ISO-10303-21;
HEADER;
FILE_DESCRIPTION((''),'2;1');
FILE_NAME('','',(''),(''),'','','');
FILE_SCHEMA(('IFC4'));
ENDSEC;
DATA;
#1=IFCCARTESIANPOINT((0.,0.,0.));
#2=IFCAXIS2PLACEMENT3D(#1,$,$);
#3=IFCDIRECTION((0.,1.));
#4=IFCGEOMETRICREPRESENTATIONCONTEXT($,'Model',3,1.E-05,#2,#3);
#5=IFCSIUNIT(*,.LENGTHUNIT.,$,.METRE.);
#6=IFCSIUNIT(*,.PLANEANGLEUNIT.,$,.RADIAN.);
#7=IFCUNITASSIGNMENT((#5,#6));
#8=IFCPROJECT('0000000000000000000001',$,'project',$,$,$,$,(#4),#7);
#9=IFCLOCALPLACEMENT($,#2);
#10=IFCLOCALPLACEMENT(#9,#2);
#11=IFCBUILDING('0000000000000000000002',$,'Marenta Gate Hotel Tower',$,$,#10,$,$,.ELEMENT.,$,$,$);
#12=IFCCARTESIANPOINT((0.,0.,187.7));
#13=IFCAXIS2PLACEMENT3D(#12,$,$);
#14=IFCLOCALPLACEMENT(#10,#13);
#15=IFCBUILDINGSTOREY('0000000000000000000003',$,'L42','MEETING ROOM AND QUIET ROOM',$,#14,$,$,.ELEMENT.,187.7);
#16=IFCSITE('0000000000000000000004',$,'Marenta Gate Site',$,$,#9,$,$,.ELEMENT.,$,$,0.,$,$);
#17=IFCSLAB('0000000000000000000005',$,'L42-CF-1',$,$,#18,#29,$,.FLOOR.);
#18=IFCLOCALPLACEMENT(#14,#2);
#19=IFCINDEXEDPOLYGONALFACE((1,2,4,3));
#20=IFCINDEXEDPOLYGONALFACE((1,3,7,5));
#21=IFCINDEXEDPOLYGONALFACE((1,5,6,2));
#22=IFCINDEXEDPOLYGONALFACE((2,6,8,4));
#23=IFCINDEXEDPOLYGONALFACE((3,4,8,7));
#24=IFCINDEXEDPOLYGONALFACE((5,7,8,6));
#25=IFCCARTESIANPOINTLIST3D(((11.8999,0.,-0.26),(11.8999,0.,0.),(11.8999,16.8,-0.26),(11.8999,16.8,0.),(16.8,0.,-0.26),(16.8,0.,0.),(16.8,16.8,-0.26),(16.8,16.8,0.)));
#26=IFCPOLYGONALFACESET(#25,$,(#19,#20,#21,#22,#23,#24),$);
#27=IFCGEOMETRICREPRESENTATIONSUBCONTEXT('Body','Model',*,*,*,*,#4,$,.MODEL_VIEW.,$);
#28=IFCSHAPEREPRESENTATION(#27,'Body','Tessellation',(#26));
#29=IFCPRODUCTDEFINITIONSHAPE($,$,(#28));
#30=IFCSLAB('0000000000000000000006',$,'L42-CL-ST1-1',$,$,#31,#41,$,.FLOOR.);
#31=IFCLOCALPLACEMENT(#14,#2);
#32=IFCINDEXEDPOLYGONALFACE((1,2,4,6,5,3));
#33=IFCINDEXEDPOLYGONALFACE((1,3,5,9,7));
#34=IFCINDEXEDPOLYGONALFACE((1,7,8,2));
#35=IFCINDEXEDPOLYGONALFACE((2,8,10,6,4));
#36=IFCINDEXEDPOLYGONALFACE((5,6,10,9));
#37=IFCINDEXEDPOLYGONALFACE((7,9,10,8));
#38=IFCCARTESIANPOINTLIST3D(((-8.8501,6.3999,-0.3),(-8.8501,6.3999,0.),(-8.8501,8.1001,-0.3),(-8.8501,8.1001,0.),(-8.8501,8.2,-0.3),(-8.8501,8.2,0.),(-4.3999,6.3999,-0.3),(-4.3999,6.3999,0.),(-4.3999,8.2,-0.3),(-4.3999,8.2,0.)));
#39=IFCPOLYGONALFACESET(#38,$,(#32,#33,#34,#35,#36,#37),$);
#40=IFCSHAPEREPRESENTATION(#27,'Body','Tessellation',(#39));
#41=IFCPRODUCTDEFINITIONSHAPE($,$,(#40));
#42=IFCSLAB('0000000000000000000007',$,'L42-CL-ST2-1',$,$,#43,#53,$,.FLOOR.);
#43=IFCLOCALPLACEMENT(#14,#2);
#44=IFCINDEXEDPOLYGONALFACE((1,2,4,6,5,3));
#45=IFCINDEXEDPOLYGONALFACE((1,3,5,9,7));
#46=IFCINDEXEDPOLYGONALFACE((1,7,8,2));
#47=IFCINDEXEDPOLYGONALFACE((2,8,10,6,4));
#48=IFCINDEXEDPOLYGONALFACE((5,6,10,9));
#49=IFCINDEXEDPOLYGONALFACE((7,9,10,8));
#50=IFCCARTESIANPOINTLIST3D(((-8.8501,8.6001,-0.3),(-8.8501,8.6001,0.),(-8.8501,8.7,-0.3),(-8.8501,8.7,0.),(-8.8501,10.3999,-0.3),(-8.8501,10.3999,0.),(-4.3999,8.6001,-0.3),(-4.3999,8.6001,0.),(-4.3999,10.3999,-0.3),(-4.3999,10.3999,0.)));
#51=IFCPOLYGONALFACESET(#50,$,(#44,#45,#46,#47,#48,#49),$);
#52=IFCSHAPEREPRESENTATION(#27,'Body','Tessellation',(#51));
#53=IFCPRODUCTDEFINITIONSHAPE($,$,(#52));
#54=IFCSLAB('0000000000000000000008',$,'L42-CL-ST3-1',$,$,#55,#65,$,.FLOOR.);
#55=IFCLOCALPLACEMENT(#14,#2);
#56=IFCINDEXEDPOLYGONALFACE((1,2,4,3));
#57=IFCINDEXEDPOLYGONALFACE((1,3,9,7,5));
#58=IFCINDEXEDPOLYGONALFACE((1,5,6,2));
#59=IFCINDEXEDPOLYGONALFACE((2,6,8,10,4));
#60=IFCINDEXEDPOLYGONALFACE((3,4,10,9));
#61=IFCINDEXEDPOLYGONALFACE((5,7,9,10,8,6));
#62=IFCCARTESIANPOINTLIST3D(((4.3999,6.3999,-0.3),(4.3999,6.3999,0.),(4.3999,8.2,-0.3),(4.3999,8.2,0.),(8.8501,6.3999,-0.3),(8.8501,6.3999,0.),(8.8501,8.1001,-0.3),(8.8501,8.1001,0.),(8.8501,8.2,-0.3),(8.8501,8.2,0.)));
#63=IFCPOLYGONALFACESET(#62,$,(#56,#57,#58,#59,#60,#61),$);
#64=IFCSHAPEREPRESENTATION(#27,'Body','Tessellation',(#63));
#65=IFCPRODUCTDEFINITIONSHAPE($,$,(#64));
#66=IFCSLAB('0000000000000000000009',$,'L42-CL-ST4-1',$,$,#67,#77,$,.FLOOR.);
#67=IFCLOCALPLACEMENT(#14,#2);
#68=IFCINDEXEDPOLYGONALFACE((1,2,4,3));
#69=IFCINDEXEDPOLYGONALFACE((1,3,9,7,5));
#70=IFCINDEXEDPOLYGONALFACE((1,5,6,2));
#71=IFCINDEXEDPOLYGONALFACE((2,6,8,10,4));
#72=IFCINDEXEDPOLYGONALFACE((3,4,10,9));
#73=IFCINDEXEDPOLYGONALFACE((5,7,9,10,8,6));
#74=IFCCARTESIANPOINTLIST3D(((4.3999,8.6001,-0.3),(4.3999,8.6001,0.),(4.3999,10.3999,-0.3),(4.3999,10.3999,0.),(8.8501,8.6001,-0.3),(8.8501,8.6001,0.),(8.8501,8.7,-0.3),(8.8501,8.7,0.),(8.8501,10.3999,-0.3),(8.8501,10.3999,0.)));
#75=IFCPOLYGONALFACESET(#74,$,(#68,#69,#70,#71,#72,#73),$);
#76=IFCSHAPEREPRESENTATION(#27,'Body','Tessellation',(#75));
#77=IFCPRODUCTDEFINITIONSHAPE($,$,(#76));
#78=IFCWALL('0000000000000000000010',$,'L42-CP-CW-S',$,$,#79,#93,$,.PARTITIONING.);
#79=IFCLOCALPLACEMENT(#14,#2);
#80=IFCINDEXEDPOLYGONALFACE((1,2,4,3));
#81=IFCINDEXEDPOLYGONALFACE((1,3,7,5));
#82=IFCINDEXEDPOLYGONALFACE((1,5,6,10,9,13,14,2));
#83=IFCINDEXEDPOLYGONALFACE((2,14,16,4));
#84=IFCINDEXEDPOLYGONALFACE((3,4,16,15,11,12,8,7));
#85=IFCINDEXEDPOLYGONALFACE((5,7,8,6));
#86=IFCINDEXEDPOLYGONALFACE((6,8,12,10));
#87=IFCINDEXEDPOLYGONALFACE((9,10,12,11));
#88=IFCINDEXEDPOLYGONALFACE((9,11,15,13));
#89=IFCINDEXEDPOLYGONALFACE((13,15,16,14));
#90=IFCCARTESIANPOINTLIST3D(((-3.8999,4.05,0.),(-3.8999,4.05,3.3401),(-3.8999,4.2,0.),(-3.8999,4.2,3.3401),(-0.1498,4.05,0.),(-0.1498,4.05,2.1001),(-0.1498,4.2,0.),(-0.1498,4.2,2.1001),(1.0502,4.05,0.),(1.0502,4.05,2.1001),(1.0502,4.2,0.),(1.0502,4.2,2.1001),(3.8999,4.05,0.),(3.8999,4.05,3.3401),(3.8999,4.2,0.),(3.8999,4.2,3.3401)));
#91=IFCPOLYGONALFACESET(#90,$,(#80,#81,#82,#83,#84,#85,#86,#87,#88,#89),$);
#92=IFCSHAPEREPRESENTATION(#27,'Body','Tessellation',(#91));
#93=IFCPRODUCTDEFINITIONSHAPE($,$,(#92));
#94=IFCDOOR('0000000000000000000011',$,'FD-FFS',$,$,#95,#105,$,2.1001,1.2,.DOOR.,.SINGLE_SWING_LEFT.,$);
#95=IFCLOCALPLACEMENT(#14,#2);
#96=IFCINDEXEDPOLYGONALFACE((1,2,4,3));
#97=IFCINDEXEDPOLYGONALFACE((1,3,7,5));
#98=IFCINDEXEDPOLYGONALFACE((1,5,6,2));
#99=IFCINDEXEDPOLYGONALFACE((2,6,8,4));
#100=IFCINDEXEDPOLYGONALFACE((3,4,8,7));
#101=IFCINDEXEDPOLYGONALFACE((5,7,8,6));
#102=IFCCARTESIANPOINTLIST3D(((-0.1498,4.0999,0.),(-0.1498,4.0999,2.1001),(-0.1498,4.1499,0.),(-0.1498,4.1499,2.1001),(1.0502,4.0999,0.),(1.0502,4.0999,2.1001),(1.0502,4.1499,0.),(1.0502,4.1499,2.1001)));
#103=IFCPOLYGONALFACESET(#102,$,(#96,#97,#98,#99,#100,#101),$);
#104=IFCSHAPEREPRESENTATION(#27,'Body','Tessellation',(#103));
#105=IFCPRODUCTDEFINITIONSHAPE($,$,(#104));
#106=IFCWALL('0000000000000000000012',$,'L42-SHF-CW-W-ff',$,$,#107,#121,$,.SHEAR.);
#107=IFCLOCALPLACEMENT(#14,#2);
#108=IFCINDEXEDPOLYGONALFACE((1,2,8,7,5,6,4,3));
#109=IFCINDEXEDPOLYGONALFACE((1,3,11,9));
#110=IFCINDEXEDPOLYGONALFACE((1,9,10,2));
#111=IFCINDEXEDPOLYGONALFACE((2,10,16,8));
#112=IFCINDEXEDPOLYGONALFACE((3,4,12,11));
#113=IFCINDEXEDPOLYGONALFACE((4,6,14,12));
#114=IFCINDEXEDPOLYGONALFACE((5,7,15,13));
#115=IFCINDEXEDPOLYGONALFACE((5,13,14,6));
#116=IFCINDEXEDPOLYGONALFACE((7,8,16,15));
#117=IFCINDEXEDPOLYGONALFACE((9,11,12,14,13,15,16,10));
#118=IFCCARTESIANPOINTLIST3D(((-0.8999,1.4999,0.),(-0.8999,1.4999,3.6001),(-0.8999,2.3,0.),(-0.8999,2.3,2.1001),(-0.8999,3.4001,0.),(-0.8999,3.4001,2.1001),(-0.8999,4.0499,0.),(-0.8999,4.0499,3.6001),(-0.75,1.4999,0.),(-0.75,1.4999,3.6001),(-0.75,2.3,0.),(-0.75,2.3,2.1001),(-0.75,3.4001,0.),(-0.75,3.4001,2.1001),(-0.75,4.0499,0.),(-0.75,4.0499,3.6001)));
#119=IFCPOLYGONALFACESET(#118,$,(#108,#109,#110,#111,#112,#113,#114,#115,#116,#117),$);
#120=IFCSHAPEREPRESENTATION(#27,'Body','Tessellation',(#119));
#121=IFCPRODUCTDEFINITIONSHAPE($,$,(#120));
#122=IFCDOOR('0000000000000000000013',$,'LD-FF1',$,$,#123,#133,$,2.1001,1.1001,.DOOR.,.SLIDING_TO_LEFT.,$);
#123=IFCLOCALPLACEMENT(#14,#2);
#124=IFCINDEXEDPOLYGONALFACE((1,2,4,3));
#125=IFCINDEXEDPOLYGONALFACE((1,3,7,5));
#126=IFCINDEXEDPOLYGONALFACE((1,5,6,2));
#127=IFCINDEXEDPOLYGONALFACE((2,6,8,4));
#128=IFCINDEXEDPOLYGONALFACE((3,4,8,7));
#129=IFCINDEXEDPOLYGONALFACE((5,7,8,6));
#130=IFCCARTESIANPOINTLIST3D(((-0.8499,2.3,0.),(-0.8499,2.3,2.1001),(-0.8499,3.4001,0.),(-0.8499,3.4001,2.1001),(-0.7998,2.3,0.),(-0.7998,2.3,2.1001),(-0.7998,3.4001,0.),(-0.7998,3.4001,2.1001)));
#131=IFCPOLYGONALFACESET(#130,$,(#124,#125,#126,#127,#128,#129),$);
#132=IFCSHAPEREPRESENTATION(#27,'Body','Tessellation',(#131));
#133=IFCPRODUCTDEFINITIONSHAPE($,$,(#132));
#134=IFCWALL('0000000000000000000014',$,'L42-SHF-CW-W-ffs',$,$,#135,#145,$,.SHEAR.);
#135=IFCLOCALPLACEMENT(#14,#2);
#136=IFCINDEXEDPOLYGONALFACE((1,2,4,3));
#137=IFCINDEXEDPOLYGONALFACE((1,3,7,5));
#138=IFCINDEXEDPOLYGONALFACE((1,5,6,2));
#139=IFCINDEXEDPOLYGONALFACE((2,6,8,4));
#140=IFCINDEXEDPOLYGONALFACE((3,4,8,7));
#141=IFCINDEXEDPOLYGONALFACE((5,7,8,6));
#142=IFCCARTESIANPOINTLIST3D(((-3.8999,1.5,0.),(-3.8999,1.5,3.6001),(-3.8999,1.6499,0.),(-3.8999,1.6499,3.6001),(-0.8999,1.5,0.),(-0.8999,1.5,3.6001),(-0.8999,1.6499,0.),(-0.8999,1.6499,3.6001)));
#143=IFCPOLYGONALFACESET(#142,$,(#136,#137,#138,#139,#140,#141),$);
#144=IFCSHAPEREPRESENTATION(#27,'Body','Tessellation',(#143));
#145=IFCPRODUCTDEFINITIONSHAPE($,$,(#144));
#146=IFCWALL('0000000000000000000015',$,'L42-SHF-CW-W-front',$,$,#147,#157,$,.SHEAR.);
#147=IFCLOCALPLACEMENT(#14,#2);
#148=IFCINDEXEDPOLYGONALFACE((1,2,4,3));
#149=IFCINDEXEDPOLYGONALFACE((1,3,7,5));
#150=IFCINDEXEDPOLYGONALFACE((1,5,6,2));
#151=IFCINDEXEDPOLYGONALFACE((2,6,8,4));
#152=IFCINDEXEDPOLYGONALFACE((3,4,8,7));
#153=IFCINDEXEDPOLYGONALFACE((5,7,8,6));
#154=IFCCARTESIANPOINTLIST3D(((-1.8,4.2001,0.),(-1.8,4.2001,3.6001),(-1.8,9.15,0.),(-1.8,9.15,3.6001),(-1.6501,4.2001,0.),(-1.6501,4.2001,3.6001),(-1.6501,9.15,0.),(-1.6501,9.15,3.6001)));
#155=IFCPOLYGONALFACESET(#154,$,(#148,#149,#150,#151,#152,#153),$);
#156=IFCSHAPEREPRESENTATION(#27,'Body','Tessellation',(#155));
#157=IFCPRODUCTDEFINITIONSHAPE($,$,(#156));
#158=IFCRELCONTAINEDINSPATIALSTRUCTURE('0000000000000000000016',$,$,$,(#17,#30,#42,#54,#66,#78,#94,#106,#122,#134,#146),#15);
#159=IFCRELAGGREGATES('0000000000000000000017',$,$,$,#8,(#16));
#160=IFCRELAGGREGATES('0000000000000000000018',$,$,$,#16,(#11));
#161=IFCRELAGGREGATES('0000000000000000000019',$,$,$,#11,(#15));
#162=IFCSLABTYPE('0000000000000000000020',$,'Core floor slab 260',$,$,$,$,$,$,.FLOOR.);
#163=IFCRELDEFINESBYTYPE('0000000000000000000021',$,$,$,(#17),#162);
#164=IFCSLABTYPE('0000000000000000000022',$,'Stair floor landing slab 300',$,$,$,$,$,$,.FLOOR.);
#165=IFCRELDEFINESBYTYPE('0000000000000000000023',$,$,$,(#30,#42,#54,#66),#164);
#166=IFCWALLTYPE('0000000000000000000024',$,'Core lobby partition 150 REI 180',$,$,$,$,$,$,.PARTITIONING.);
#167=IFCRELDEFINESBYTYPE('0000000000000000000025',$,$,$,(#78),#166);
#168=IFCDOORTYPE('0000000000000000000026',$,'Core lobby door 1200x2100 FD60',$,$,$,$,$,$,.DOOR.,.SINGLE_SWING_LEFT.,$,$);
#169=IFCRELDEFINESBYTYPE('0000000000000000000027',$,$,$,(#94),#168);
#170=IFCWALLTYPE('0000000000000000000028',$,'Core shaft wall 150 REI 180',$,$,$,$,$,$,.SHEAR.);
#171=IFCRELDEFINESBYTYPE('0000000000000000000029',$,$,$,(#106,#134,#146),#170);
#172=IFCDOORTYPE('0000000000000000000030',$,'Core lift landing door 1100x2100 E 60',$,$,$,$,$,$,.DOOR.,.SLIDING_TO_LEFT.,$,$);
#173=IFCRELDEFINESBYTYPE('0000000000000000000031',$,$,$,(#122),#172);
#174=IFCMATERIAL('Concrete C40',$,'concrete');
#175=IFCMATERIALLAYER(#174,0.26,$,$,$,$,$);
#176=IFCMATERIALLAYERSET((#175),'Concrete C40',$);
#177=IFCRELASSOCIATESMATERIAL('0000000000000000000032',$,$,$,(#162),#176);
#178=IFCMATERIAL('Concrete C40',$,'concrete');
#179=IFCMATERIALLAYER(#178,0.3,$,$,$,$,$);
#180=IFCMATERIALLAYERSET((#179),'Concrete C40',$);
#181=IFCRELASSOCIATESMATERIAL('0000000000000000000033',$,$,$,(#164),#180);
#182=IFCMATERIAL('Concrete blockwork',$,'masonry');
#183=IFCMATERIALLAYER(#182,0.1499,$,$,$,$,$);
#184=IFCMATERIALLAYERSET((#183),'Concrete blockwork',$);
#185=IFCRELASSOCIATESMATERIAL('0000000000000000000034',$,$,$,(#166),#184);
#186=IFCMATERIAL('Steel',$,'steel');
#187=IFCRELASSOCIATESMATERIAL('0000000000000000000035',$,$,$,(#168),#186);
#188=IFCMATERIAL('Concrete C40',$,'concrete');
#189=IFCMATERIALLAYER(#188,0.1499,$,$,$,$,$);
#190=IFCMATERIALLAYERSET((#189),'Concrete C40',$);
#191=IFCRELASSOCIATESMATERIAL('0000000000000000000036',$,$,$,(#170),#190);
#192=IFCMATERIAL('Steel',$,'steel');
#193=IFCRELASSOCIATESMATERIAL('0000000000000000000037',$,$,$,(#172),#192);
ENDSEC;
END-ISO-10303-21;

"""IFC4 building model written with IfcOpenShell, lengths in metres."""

from ifc_helpers import new_model, si_unit, direction, frame, frame_2d, origin, place, context, subcontext, project, spatial, polyline, rectangle, outline, extrude, material, layer, layer_set, type_object, element, fill, save


model = new_model("IFC4")

# Units and contexts
model_context = context("Model", 3, precision=1e-05, world=origin(), true_north=direction((0.0, 1.0)))
body_context = subcontext(model_context, "Body", "Model", "MODEL_VIEW")
ifc_project = project(units=[si_unit("LENGTHUNIT", "METRE"), si_unit("PLANEANGLEUNIT", "RADIAN")], contexts=[model_context])

# Site, building, storey
site_placement = place(None, origin())
site = spatial("IfcSite", under=ifc_project, at=site_placement, Name="Marenta Gate Site", CompositionType="ELEMENT", RefElevation=0.0)
building_placement = place(site_placement, origin())
building = spatial("IfcBuilding", under=site, at=building_placement, Name="Marenta Gate Hotel Tower", CompositionType="ELEMENT")
storey_placement = place(building_placement, frame((0.0, 0.0, 187.7)))
storey = spatial("IfcBuildingStorey", under=building, at=storey_placement, Name="L42", Description="MEETING ROOM AND QUIET ROOM", CompositionType="ELEMENT", Elevation=187.7)

# Slabs
ifc_material_1 = material(Name="Concrete C40", Category="concrete")
ifc_layer_1 = layer(ifc_material_1, 0.26)
ifc_layer_set_1 = layer_set([ifc_layer_1], Name="Concrete C40")
slab_type_1 = type_object("IfcSlabType", Name="Core floor slab 260", PredefinedType="FLOOR", material=ifc_layer_set_1)
slab_1_placement = place(storey_placement, frame((0.0, 0.0, -0.26)))
element("IfcSlab", 1, at=slab_1_placement, inside=storey, type_object=slab_type_1, Name="L42-CF-1", PredefinedType="FLOOR", context=body_context, shape_type="SweptSolid", body=[
    extrude(outline(polyline([(11.8999, 0.0), (11.8999, 16.8), (16.8, 16.8), (16.8, 0.0), (11.8999, 0.0)])), origin(), (0.0, 0.0, 1.0), 0.26),
])
ifc_material_2 = material(Name="Concrete C40", Category="concrete")
ifc_layer_2 = layer(ifc_material_2, 0.3)
ifc_layer_set_2 = layer_set([ifc_layer_2], Name="Concrete C40")
slab_type_2 = type_object("IfcSlabType", Name="Stair floor landing slab 300", PredefinedType="FLOOR", material=ifc_layer_set_2)
slab_2_placement = place(storey_placement, frame((0.0, 0.0, -0.3)))
element("IfcSlab", 2, at=slab_2_placement, inside=storey, type_object=slab_type_2, Name="L42-CL-ST1-1", PredefinedType="FLOOR", context=body_context, shape_type="SweptSolid", body=[
    extrude(outline(polyline([(-4.3999, 6.3999), (-8.8501, 6.3999), (-8.8501, 8.1001), (-8.8501, 8.2), (-4.3999, 8.2), (-4.3999, 6.3999)])), origin(), (0.0, 0.0, 1.0), 0.3),
])
slab_3_placement = place(storey_placement, frame((0.0, 0.0, -0.3)))
element("IfcSlab", 3, at=slab_3_placement, inside=storey, type_object=slab_type_2, Name="L42-CL-ST2-1", PredefinedType="FLOOR", context=body_context, shape_type="SweptSolid", body=[
    extrude(outline(polyline([(-4.3999, 8.6001), (-8.8501, 8.6001), (-8.8501, 8.7), (-8.8501, 10.3999), (-4.3999, 10.3999), (-4.3999, 8.6001)])), origin(), (0.0, 0.0, 1.0), 0.3),
])
slab_4_placement = place(storey_placement, frame((0.0, 0.0, -0.3)))
element("IfcSlab", 4, at=slab_4_placement, inside=storey, type_object=slab_type_2, Name="L42-CL-ST3-1", PredefinedType="FLOOR", context=body_context, shape_type="SweptSolid", body=[
    extrude(outline(polyline([(4.3999, 6.3999), (4.3999, 8.2), (8.8501, 8.2), (8.8501, 8.1001), (8.8501, 6.3999), (4.3999, 6.3999)])), origin(), (0.0, 0.0, 1.0), 0.3),
])
slab_5_placement = place(storey_placement, frame((0.0, 0.0, -0.3)))
element("IfcSlab", 5, at=slab_5_placement, inside=storey, type_object=slab_type_2, Name="L42-CL-ST4-1", PredefinedType="FLOOR", context=body_context, shape_type="SweptSolid", body=[
    extrude(outline(polyline([(4.3999, 8.6001), (4.3999, 10.3999), (8.8501, 10.3999), (8.8501, 8.7), (8.8501, 8.6001), (4.3999, 8.6001)])), origin(), (0.0, 0.0, 1.0), 0.3),
])

# Walls, openings, doors
ifc_material_3 = material(Name="Concrete blockwork", Category="masonry")
ifc_layer_3 = layer(ifc_material_3, 0.1499)
ifc_layer_set_3 = layer_set([ifc_layer_3], Name="Concrete blockwork")
wall_type_1 = type_object("IfcWallType", Name="Core lobby partition 150 REI 180", PredefinedType="PARTITIONING", material=ifc_layer_set_3)
wall_1_placement = place(storey_placement, frame((-3.8999, 4.125, 0.0), z_axis=(0.0, 0.0, 1.0), x_axis=(1.0, 0.0, 0.0)))
wall_1 = element("IfcWall", 6, at=wall_1_placement, inside=storey, type_object=wall_type_1, Name="L42-CP-CW-S", PredefinedType="PARTITIONING", context=body_context, shape_type="SweptSolid", body=[
    extrude(rectangle(XDim=7.7998, YDim=0.1499, at=frame_2d((3.8999, 0.0))), origin(), (0.0, 0.0, 1.0), 3.3401),
])
opening_1_placement = place(wall_1_placement, frame((3.75, 0.0, 0.0)))
opening_1 = element("IfcOpeningElement", 7, at=opening_1_placement, cuts=wall_1, PredefinedType="OPENING", context=body_context, shape_type="SweptSolid", body=[
    extrude(rectangle(XDim=1.2, YDim=2.1001, at=frame_2d((0.6001, 1.05))), frame((0.0, 0.075, 0.0), z_axis=(0.0, -1.0, 0.0), x_axis=(1.0, 0.0, 0.0)), (0.0, 0.0, 1.0), 0.1499),
])
ifc_material_4 = material(Name="Steel", Category="steel")
door_type_1 = type_object("IfcDoorType", Name="Core lobby door 1200x2100 FD60", OperationType="SINGLE_SWING_LEFT", PredefinedType="DOOR", material=ifc_material_4)
door_1_placement = place(opening_1_placement, origin())
door_1 = element("IfcDoor", 8, at=door_1_placement, inside=storey, type_object=door_type_1, Name="FD-FFS", OperationType="SINGLE_SWING_LEFT", OverallHeight=2.1001, OverallWidth=1.2, PredefinedType="DOOR", context=body_context, shape_type="SweptSolid", body=[
    extrude(rectangle(XDim=1.2, YDim=2.1001, at=frame_2d((0.6001, 1.05))), frame((0.0, 0.0249, 0.0), z_axis=(0.0, -1.0, 0.0), x_axis=(1.0, 0.0, 0.0)), (0.0, 0.0, 1.0), 0.05),
])
fill(opening_1, door_1)
ifc_material_5 = material(Name="Concrete C40", Category="concrete")
ifc_layer_4 = layer(ifc_material_5, 0.1499)
ifc_layer_set_4 = layer_set([ifc_layer_4], Name="Concrete C40")
wall_type_2 = type_object("IfcWallType", Name="Core shaft wall 150 REI 180", PredefinedType="SHEAR", material=ifc_layer_set_4)
wall_2_placement = place(storey_placement, frame((-0.825, 1.5, 0.0), z_axis=(0.0, 0.0, 1.0), x_axis=(0.0, 1.0, 0.0)))
wall_2 = element("IfcWall", 9, at=wall_2_placement, inside=storey, type_object=wall_type_2, Name="L42-SHF-CW-W-ff", PredefinedType="SHEAR", context=body_context, shape_type="SweptSolid", body=[
    extrude(rectangle(XDim=2.55, YDim=0.1499, at=frame_2d((1.2749, 0.0))), origin(), (0.0, 0.0, 1.0), 3.6001),
])
opening_2_placement = place(wall_2_placement, frame((0.8, 0.0, 0.0)))
opening_2 = element("IfcOpeningElement", 10, at=opening_2_placement, cuts=wall_2, PredefinedType="OPENING", context=body_context, shape_type="SweptSolid", body=[
    extrude(rectangle(XDim=1.1001, YDim=2.1001, at=frame_2d((0.55, 1.05))), frame((0.0, 0.075, 0.0), z_axis=(0.0, -1.0, 0.0), x_axis=(1.0, 0.0, 0.0)), (0.0, 0.0, 1.0), 0.1499),
])
ifc_material_6 = material(Name="Steel", Category="steel")
door_type_2 = type_object("IfcDoorType", Name="Core lift landing door 1100x2100 E 60", OperationType="SLIDING_TO_LEFT", PredefinedType="DOOR", material=ifc_material_6)
door_2_placement = place(opening_2_placement, origin())
door_2 = element("IfcDoor", 11, at=door_2_placement, inside=storey, type_object=door_type_2, Name="LD-FF1", OperationType="SLIDING_TO_LEFT", OverallHeight=2.1001, OverallWidth=1.1001, PredefinedType="DOOR", context=body_context, shape_type="SweptSolid", body=[
    extrude(rectangle(XDim=1.1001, YDim=2.1001, at=frame_2d((0.55, 1.05))), frame((0.0, 0.0249, 0.0), z_axis=(0.0, -1.0, 0.0), x_axis=(1.0, 0.0, 0.0)), (0.0, 0.0, 1.0), 0.05),
])
fill(opening_2, door_2)

# Walls
wall_3_placement = place(storey_placement, frame((-3.8999, 1.575, 0.0), z_axis=(0.0, 0.0, 1.0), x_axis=(1.0, 0.0, 0.0)))
element("IfcWall", 12, at=wall_3_placement, inside=storey, type_object=wall_type_2, Name="L42-SHF-CW-W-ffs", PredefinedType="SHEAR", context=body_context, shape_type="SweptSolid", body=[
    extrude(rectangle(XDim=3.0, YDim=0.1499, at=frame_2d((1.5, 0.0))), origin(), (0.0, 0.0, 1.0), 3.6001),
])
wall_4_placement = place(storey_placement, frame((-1.7251, 4.2, 0.0), z_axis=(0.0, 0.0, 1.0), x_axis=(0.0, 1.0, 0.0)))
element("IfcWall", 13, at=wall_4_placement, inside=storey, type_object=wall_type_2, Name="L42-SHF-CW-W-front", PredefinedType="SHEAR", context=body_context, shape_type="SweptSolid", body=[
    extrude(rectangle(XDim=4.95, YDim=0.1499, at=frame_2d((2.4751, 0.0))), origin(), (0.0, 0.0, 1.0), 3.6001),
])

save(model, "model.ifc")
